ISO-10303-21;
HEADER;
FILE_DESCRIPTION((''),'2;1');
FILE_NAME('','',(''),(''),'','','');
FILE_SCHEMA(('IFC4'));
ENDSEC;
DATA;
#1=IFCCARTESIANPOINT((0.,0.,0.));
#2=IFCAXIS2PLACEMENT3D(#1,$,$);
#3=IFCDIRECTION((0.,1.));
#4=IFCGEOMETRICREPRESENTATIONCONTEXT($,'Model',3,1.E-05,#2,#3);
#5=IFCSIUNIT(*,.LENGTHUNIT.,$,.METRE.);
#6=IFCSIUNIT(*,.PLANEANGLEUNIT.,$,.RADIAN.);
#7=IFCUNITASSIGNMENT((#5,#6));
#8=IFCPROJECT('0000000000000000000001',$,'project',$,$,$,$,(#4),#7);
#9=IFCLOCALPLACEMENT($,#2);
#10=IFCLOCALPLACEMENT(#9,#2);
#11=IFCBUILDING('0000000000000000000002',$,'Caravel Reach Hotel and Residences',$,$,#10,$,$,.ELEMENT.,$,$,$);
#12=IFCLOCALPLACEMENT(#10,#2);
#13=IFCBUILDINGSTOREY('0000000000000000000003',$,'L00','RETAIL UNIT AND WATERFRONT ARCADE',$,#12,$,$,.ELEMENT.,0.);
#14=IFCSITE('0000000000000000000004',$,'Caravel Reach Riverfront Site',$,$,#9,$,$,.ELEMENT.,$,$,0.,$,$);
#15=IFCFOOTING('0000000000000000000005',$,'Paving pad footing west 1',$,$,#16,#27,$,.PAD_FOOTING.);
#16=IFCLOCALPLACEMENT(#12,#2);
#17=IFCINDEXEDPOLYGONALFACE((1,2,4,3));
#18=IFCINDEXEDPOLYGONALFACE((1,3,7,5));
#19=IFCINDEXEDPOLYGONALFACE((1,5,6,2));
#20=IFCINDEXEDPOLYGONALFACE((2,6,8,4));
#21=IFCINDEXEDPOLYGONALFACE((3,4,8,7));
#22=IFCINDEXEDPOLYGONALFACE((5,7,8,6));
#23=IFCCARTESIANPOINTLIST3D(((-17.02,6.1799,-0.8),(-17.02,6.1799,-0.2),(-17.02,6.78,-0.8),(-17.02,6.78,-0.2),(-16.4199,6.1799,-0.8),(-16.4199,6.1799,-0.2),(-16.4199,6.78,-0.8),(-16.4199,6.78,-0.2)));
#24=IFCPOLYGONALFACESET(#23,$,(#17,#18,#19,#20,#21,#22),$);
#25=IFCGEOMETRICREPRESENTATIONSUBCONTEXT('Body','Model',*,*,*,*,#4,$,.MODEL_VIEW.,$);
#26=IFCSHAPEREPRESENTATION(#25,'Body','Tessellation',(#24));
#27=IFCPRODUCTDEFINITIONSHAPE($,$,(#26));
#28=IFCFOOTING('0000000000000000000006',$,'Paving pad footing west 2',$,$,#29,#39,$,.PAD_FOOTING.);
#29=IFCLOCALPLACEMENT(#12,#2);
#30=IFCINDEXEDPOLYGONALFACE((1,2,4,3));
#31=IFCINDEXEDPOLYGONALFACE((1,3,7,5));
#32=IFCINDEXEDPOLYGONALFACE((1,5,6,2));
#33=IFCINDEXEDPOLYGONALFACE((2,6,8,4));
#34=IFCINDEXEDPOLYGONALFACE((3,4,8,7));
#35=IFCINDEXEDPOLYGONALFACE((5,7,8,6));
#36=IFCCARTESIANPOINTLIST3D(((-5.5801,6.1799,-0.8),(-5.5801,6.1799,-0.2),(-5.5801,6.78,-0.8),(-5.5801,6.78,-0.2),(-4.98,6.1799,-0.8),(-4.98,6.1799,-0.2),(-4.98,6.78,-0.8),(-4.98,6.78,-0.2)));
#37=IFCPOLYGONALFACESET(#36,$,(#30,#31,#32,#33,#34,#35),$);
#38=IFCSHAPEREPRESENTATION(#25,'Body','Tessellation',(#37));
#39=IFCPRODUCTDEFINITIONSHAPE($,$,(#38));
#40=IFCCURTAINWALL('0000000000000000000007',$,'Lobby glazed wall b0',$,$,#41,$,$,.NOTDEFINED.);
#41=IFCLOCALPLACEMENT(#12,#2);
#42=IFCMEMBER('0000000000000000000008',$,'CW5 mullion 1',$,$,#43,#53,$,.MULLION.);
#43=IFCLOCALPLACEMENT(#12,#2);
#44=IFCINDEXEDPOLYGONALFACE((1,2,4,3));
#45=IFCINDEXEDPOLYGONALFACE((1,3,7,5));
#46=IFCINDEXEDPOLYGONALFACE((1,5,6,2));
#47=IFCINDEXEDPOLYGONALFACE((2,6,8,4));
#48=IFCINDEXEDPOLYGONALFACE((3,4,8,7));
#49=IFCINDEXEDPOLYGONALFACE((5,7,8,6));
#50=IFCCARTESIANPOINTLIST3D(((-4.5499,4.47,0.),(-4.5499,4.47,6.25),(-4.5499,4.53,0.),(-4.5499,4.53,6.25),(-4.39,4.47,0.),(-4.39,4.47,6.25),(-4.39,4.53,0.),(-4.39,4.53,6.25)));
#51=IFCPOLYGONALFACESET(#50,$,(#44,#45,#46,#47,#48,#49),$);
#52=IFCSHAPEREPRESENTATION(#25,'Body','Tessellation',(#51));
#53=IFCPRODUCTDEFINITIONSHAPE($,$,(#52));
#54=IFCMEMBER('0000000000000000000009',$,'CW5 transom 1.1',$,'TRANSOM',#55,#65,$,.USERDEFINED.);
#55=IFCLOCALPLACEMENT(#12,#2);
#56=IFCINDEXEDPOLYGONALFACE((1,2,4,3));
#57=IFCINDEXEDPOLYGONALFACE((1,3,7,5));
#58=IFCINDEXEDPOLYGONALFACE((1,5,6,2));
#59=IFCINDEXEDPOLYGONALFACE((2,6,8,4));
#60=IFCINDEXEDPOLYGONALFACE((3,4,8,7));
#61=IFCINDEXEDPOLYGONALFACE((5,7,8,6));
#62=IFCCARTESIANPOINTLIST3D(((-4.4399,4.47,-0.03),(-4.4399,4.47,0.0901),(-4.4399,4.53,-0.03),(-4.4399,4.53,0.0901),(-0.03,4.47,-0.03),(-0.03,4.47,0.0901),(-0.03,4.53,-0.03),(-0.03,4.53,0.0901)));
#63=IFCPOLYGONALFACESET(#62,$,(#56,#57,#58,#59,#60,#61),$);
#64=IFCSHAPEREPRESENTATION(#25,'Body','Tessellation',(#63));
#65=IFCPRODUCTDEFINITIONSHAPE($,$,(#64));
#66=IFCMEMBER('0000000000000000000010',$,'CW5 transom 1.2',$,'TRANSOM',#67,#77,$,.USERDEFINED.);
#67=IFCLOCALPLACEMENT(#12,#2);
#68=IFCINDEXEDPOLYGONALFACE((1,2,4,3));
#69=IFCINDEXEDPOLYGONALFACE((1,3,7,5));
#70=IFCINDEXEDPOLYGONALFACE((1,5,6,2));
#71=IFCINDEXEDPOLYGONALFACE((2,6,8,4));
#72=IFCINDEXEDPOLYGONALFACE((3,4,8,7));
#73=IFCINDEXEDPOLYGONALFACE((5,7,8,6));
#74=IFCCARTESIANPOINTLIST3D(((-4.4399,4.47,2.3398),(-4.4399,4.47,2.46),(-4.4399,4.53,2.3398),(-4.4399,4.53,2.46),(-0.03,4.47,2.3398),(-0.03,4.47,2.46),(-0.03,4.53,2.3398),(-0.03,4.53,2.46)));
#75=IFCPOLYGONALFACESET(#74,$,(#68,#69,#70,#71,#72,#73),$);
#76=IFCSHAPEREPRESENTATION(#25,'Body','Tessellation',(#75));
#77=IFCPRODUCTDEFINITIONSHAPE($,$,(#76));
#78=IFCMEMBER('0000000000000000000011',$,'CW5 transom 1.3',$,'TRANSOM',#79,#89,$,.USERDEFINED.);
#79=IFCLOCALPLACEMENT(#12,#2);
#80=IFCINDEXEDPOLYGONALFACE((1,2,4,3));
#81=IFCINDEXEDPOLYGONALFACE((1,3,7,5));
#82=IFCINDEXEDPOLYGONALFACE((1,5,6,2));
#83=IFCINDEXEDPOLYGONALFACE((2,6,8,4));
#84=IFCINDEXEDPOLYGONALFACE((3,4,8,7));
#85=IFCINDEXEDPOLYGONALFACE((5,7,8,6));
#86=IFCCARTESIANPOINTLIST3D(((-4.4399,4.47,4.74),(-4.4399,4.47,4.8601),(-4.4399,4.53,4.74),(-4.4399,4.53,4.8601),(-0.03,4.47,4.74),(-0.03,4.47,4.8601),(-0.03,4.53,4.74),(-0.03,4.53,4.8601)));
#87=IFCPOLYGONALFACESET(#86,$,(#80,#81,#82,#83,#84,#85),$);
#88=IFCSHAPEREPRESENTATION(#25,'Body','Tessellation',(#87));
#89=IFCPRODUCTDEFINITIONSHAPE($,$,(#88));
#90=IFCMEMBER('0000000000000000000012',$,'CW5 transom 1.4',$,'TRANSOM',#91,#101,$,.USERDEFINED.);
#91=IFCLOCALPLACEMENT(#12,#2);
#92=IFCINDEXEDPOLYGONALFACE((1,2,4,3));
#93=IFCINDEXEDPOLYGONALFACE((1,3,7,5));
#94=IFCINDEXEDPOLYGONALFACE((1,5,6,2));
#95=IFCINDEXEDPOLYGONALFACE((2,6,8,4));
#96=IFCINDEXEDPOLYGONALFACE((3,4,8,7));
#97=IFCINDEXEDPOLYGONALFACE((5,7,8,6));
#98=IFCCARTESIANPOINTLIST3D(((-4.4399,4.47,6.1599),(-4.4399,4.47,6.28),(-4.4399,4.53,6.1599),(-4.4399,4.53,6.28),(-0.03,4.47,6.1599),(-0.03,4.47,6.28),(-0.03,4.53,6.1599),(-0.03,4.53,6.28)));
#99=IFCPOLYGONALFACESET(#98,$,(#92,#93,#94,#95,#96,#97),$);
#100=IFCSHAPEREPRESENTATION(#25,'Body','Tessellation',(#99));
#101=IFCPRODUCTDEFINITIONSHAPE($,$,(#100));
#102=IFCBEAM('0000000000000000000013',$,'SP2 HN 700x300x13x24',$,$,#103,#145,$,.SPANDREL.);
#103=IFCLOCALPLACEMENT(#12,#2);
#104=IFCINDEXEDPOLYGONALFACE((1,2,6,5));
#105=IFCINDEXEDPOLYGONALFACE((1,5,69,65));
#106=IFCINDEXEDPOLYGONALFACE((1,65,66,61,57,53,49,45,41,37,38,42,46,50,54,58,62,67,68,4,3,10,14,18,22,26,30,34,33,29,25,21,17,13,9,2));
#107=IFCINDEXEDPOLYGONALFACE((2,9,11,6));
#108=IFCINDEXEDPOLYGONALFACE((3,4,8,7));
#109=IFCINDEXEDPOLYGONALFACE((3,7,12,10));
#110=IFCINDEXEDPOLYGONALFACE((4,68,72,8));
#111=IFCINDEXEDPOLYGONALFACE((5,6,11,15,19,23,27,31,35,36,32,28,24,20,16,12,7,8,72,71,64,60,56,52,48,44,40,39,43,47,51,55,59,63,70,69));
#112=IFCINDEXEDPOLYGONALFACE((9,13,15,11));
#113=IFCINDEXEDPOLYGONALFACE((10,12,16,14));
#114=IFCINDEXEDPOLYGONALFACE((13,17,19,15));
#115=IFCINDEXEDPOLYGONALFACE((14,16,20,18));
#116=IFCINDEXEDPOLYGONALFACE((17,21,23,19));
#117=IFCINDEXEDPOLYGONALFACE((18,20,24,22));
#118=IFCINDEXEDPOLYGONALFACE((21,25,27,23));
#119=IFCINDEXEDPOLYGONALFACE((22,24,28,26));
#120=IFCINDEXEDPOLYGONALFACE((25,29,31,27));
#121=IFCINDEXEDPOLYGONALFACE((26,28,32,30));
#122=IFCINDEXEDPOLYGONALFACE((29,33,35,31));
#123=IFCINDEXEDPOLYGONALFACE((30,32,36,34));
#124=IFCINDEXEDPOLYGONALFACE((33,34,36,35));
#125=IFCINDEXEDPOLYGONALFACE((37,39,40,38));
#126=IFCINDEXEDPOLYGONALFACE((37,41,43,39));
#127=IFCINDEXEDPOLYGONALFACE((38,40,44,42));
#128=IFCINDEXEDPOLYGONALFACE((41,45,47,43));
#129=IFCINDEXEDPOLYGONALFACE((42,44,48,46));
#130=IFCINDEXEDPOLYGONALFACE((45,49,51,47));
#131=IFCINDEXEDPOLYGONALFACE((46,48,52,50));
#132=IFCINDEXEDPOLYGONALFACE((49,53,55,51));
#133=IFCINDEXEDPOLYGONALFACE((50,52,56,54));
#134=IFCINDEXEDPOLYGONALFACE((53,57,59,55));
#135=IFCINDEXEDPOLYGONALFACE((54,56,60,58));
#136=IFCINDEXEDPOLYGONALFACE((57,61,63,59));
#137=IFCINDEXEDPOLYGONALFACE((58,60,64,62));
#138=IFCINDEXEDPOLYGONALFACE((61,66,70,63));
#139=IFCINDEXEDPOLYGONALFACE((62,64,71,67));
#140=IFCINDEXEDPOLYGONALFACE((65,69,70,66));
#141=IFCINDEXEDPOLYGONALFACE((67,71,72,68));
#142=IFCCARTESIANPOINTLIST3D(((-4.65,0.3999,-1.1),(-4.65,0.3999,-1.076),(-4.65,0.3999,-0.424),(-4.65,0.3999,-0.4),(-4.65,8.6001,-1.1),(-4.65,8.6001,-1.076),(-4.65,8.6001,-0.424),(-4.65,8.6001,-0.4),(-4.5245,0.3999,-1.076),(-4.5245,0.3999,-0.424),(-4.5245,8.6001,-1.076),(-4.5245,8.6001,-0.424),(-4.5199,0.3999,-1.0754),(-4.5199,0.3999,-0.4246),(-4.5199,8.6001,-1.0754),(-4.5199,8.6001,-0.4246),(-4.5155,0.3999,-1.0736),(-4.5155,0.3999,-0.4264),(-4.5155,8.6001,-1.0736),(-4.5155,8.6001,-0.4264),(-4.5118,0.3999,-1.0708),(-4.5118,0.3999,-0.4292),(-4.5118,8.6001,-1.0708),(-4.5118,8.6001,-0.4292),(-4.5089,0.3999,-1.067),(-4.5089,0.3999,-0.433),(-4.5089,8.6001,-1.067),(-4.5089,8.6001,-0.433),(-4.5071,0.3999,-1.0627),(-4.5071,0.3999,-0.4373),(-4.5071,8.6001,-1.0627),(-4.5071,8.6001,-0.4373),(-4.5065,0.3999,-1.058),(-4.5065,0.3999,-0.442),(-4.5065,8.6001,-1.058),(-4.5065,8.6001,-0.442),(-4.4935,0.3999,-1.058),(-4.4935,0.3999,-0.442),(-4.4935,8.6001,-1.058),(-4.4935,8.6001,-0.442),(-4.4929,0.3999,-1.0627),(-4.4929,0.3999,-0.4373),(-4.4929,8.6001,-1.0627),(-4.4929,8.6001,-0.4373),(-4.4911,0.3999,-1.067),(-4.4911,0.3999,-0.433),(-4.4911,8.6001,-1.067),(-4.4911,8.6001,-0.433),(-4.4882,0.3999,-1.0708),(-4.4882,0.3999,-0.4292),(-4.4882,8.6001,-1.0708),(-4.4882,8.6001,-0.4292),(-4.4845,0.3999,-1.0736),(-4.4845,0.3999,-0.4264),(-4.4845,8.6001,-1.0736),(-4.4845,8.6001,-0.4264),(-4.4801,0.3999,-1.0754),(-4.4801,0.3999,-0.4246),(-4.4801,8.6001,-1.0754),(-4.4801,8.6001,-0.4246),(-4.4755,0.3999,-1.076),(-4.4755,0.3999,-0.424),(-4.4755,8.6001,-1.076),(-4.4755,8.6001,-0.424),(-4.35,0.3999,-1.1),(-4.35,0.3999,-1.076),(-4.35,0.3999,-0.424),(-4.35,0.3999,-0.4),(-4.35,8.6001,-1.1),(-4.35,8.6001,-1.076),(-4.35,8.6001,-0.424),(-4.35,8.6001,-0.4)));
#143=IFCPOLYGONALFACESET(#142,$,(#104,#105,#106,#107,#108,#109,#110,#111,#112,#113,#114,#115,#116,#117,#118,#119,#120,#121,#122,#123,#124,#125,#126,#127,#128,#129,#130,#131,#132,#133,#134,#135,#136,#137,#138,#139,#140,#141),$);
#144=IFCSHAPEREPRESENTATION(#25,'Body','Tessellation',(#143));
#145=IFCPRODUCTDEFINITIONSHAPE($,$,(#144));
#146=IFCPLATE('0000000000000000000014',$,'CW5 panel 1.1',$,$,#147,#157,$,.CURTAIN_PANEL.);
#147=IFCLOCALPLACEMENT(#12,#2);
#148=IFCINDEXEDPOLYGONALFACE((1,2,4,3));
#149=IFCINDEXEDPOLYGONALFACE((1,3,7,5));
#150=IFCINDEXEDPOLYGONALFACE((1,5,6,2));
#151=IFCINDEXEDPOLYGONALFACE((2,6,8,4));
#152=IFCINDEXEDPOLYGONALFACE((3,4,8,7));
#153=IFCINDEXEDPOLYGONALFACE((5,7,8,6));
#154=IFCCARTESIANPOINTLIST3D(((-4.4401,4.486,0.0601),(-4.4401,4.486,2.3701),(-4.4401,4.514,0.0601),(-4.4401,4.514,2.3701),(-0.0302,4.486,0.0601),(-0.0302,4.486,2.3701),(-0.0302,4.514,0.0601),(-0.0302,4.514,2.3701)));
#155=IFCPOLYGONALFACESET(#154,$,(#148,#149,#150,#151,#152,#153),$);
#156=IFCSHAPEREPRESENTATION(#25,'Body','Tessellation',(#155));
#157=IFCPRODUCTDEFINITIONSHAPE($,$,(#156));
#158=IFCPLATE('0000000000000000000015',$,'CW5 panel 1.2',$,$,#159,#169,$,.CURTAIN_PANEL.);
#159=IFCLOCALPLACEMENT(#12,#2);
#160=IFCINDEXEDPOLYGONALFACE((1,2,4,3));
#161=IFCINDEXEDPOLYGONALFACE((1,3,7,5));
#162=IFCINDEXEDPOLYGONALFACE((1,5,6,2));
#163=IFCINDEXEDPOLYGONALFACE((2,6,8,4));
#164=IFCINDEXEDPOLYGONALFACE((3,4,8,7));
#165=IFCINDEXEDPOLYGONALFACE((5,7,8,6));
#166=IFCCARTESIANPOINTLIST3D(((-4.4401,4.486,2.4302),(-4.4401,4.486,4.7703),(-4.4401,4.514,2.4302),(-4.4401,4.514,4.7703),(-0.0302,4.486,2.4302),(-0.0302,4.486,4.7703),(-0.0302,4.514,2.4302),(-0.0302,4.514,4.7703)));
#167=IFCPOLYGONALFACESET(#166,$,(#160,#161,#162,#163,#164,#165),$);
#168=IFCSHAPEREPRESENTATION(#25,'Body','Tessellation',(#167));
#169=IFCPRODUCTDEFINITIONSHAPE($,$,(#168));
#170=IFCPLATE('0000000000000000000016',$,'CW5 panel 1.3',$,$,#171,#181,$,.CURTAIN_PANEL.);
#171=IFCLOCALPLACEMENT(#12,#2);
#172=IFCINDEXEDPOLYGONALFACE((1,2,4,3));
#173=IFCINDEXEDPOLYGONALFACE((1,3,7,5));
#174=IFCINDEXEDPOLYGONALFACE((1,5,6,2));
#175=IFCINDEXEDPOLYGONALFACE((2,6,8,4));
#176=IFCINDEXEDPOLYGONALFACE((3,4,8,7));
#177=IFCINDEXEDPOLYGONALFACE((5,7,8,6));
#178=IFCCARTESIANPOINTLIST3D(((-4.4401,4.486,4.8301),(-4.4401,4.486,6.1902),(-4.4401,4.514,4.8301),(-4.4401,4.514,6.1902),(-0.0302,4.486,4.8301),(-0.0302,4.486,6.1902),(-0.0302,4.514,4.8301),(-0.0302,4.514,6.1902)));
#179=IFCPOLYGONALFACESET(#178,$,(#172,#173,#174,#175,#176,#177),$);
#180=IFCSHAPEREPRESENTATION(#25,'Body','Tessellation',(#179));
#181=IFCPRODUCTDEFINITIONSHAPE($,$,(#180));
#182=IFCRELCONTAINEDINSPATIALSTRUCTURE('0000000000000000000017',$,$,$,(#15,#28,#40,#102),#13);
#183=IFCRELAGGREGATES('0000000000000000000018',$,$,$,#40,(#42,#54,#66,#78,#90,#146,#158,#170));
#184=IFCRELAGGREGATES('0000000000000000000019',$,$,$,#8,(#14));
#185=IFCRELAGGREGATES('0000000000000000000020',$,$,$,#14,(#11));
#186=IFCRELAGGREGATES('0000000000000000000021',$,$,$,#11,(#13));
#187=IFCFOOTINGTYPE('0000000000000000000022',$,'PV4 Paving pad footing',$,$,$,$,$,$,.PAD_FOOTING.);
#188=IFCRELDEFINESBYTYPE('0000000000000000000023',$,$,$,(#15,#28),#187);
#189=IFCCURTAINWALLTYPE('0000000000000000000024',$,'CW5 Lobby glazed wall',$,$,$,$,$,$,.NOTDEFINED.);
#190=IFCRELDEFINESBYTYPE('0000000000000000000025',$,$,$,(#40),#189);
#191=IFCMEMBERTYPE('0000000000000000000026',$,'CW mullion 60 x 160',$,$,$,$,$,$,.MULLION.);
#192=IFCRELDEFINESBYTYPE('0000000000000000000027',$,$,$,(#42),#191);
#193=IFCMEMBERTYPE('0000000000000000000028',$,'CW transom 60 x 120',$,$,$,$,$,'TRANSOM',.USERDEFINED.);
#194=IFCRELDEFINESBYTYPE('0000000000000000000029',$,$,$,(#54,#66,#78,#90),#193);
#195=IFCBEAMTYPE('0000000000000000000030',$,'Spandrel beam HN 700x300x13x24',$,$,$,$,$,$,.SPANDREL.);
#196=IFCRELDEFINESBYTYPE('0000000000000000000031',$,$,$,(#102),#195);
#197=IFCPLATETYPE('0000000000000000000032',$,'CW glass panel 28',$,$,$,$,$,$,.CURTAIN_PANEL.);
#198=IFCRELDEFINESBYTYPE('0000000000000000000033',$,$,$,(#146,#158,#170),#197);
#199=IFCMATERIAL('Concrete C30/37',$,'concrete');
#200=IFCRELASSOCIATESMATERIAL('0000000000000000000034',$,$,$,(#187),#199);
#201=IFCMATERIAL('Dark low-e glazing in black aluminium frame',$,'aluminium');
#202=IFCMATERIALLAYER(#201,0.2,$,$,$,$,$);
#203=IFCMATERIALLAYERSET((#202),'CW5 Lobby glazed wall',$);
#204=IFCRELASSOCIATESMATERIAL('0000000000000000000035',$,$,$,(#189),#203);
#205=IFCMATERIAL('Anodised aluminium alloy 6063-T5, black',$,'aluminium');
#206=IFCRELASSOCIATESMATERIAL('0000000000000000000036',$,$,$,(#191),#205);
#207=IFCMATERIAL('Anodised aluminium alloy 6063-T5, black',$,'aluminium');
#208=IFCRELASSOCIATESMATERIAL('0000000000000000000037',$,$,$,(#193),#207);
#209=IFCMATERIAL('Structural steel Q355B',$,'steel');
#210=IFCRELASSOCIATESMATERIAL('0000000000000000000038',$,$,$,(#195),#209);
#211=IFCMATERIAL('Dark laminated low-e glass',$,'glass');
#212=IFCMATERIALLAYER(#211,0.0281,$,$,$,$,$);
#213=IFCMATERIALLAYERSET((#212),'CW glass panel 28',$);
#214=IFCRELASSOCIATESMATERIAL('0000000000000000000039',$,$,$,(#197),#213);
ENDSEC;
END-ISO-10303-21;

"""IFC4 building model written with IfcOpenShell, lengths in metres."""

from ifc_helpers import new_model, si_unit, direction, frame, origin, origin_2d, place, context, subcontext, project, spatial, rectangle, i_section, extrude, material, layer, layer_set, material_profile, profile_set, type_object, element, aggregate, save


model = new_model("IFC4")

# Units and contexts
model_context = context("Model", 3, precision=1e-05, world=origin(), true_north=direction((0.0, 1.0)))
body_context = subcontext(model_context, "Body", "Model", "MODEL_VIEW")
ifc_project = project(units=[si_unit("LENGTHUNIT", "METRE"), si_unit("PLANEANGLEUNIT", "RADIAN")], contexts=[model_context])

# Site, building, storey
site_placement = place(None, origin())
site = spatial("IfcSite", under=ifc_project, at=site_placement, Name="Caravel Reach Riverfront Site", CompositionType="ELEMENT", RefElevation=0.0)
building_placement = place(site_placement, origin())
building = spatial("IfcBuilding", under=site, at=building_placement, Name="Caravel Reach Hotel and Residences", CompositionType="ELEMENT")
storey_placement = place(building_placement, origin())
storey = spatial("IfcBuildingStorey", under=building, at=storey_placement, Name="L00", Description="RETAIL UNIT AND WATERFRONT ARCADE", CompositionType="ELEMENT", Elevation=0.0)

# Footings
ifc_material_1 = material(Name="Concrete C30/37", Category="concrete")
footing_type = type_object("IfcFootingType", Name="PV4 Paving pad footing", PredefinedType="PAD_FOOTING", material=ifc_material_1)
for number, where, z_axis, x_axis, name in (
    (1, (-16.72, 6.48, -0.8), (0.0, 0.0, 1.0), (1.0, 0.0, 0.0), "Paving pad footing west 1"),
    (2, (-5.28, 6.48, -0.8), (0.0, 0.0, 1.0), (1.0, 0.0, 0.0), "Paving pad footing west 2"),
):
    element("IfcFooting", number, at=place(storey_placement, frame(where, z_axis=z_axis, x_axis=x_axis)), inside=storey, type_object=footing_type, Name=name, PredefinedType="PAD_FOOTING", context=body_context, shape_type="SweptSolid", body=[
        extrude(rectangle(XDim=0.6001, YDim=0.6001, at=origin_2d()), origin(), (0.0, 0.0, 1.0), 0.6001),
    ])

# Curtain wall, members
ifc_material_2 = material(Name="Dark low-e glazing in black aluminium frame", Category="aluminium")
ifc_layer_1 = layer(ifc_material_2, 0.2)
ifc_layer_set_1 = layer_set([ifc_layer_1], Name="CW5 Lobby glazed wall")
curtain_wall_type = type_object("IfcCurtainWallType", Name="CW5 Lobby glazed wall", PredefinedType="NOTDEFINED", material=ifc_layer_set_1)
curtain_wall_placement = place(storey_placement, origin())
curtain_wall = element("IfcCurtainWall", 3, at=curtain_wall_placement, inside=storey, type_object=curtain_wall_type, Name="Lobby glazed wall b0", PredefinedType="NOTDEFINED")
ifc_material_3 = material(Name="Anodised aluminium alloy 6063-T5, black", Category="aluminium")
ifc_material_profile_1 = material_profile(ifc_material_3, rectangle(XDim=0.0601, YDim=0.1599, at=origin_2d()), Name="CW mullion 60 x 160")
ifc_profile_set_1 = profile_set([ifc_material_profile_1], Name="Anodised aluminium alloy 6063-T5, black")
member_type_1 = type_object("IfcMemberType", Name="CW mullion 60 x 160", PredefinedType="MULLION", material=ifc_profile_set_1)
member_1_placement = place(storey_placement, frame((-4.47, 4.5, 0.0), z_axis=(0.0, 0.0, 1.0), x_axis=(0.0, 1.0, 0.0)))
member_1 = element("IfcMember", 4, at=member_1_placement, type_object=member_type_1, Name="CW5 mullion 1", PredefinedType="MULLION", context=body_context, shape_type="SweptSolid", body=[
    extrude(rectangle(XDim=0.0601, YDim=0.1599, at=origin_2d()), origin(), (0.0, 0.0, 1.0), 6.25),
])
ifc_material_4 = material(Name="Anodised aluminium alloy 6063-T5, black", Category="aluminium")
ifc_material_profile_2 = material_profile(ifc_material_4, rectangle(XDim=0.0601, YDim=0.1201, at=origin_2d()), Name="CW transom 60 x 120")
ifc_profile_set_2 = profile_set([ifc_material_profile_2], Name="Anodised aluminium alloy 6063-T5, black")
member_type_2 = type_object("IfcMemberType", Name="CW transom 60 x 120", ElementType="TRANSOM", PredefinedType="USERDEFINED", material=ifc_profile_set_2)
member_2_placement = place(storey_placement, frame((-4.4399, 4.5, 0.03), z_axis=(1.0, 0.0, 0.0), x_axis=(0.0, 1.0, 0.0)))
member_2 = element("IfcMember", 5, at=member_2_placement, type_object=member_type_2, Name="CW5 transom 1.1", ObjectType="TRANSOM", PredefinedType="USERDEFINED", context=body_context, shape_type="SweptSolid", body=[
    extrude(rectangle(XDim=0.0601, YDim=0.1201, at=origin_2d()), origin(), (0.0, 0.0, 1.0), 4.4099),
])
member_3_placement = place(storey_placement, frame((-4.4399, 4.5, 2.3999), z_axis=(1.0, 0.0, 0.0), x_axis=(0.0, 1.0, 0.0)))
member_3 = element("IfcMember", 6, at=member_3_placement, type_object=member_type_2, Name="CW5 transom 1.2", ObjectType="TRANSOM", PredefinedType="USERDEFINED", context=body_context, shape_type="SweptSolid", body=[
    extrude(rectangle(XDim=0.0601, YDim=0.1201, at=origin_2d()), origin(), (0.0, 0.0, 1.0), 4.4099),
])
member_4_placement = place(storey_placement, frame((-4.4399, 4.5, 4.8), z_axis=(1.0, 0.0, 0.0), x_axis=(0.0, 1.0, 0.0)))
member_4 = element("IfcMember", 7, at=member_4_placement, type_object=member_type_2, Name="CW5 transom 1.3", ObjectType="TRANSOM", PredefinedType="USERDEFINED", context=body_context, shape_type="SweptSolid", body=[
    extrude(rectangle(XDim=0.0601, YDim=0.1201, at=origin_2d()), origin(), (0.0, 0.0, 1.0), 4.4099),
])
member_5_placement = place(storey_placement, frame((-4.4399, 4.5, 6.22), z_axis=(1.0, 0.0, 0.0), x_axis=(0.0, 1.0, 0.0)))
member_5 = element("IfcMember", 8, at=member_5_placement, type_object=member_type_2, Name="CW5 transom 1.4", ObjectType="TRANSOM", PredefinedType="USERDEFINED", context=body_context, shape_type="SweptSolid", body=[
    extrude(rectangle(XDim=0.0601, YDim=0.1201, at=origin_2d()), origin(), (0.0, 0.0, 1.0), 4.4099),
])

# Beam
ifc_material_5 = material(Name="Structural steel Q355B", Category="steel")
ifc_material_profile_3 = material_profile(ifc_material_5, i_section(OverallWidth=0.3, OverallDepth=0.7, WebThickness=0.0129, FlangeThickness=0.0239, FilletRadius=0.0181, at=origin_2d()), Name="HN 700x300x13x24")
ifc_profile_set_3 = profile_set([ifc_material_profile_3], Name="Structural steel Q355B")
beam_type = type_object("IfcBeamType", Name="Spandrel beam HN 700x300x13x24", PredefinedType="SPANDREL", material=ifc_profile_set_3)
beam_placement = place(storey_placement, frame((-4.5, 8.6001, -0.75), z_axis=(0.0, -1.0, 0.0), x_axis=(1.0, 0.0, 0.0)))
element("IfcBeam", 9, at=beam_placement, inside=storey, type_object=beam_type, Name="SP2 HN 700x300x13x24", PredefinedType="SPANDREL", context=body_context, shape_type="SweptSolid", body=[
    extrude(i_section(OverallWidth=0.3, OverallDepth=0.7, WebThickness=0.0129, FlangeThickness=0.0239, FilletRadius=0.0181, at=origin_2d()), origin(), (0.0, 0.0, 1.0), 8.2002),
])

# Plates
ifc_material_6 = material(Name="Dark laminated low-e glass", Category="glass")
ifc_layer_2 = layer(ifc_material_6, 0.0281)
ifc_layer_set_2 = layer_set([ifc_layer_2], Name="CW glass panel 28")
plate_type = type_object("IfcPlateType", Name="CW glass panel 28", PredefinedType="CURTAIN_PANEL", material=ifc_layer_set_2)
plate_1_placement = place(storey_placement, frame((-2.2351, 4.5, 0.0601), z_axis=(0.0, 0.0, 1.0), x_axis=(1.0, 0.0, 0.0)))
plate_1 = element("IfcPlate", 10, at=plate_1_placement, type_object=plate_type, Name="CW5 panel 1.1", PredefinedType="CURTAIN_PANEL", context=body_context, shape_type="SweptSolid", body=[
    extrude(rectangle(XDim=4.4099, YDim=0.0281, at=origin_2d()), origin(), (0.0, 0.0, 1.0), 2.3101),
])
plate_2_placement = place(storey_placement, frame((-2.2351, 4.5, 2.4302), z_axis=(0.0, 0.0, 1.0), x_axis=(1.0, 0.0, 0.0)))
plate_2 = element("IfcPlate", 11, at=plate_2_placement, type_object=plate_type, Name="CW5 panel 1.2", PredefinedType="CURTAIN_PANEL", context=body_context, shape_type="SweptSolid", body=[
    extrude(rectangle(XDim=4.4099, YDim=0.0281, at=origin_2d()), origin(), (0.0, 0.0, 1.0), 2.3401),
])
plate_3_placement = place(storey_placement, frame((-2.2351, 4.5, 4.8301), z_axis=(0.0, 0.0, 1.0), x_axis=(1.0, 0.0, 0.0)))
plate_3 = element("IfcPlate", 12, at=plate_3_placement, type_object=plate_type, Name="CW5 panel 1.3", PredefinedType="CURTAIN_PANEL", context=body_context, shape_type="SweptSolid", body=[
    extrude(rectangle(XDim=4.4099, YDim=0.0281, at=origin_2d()), origin(), (0.0, 0.0, 1.0), 1.3601),
])
aggregate(curtain_wall, [member_1, member_2, member_3, member_4, member_5, plate_1, plate_2, plate_3])

save(model, "model.ifc")
